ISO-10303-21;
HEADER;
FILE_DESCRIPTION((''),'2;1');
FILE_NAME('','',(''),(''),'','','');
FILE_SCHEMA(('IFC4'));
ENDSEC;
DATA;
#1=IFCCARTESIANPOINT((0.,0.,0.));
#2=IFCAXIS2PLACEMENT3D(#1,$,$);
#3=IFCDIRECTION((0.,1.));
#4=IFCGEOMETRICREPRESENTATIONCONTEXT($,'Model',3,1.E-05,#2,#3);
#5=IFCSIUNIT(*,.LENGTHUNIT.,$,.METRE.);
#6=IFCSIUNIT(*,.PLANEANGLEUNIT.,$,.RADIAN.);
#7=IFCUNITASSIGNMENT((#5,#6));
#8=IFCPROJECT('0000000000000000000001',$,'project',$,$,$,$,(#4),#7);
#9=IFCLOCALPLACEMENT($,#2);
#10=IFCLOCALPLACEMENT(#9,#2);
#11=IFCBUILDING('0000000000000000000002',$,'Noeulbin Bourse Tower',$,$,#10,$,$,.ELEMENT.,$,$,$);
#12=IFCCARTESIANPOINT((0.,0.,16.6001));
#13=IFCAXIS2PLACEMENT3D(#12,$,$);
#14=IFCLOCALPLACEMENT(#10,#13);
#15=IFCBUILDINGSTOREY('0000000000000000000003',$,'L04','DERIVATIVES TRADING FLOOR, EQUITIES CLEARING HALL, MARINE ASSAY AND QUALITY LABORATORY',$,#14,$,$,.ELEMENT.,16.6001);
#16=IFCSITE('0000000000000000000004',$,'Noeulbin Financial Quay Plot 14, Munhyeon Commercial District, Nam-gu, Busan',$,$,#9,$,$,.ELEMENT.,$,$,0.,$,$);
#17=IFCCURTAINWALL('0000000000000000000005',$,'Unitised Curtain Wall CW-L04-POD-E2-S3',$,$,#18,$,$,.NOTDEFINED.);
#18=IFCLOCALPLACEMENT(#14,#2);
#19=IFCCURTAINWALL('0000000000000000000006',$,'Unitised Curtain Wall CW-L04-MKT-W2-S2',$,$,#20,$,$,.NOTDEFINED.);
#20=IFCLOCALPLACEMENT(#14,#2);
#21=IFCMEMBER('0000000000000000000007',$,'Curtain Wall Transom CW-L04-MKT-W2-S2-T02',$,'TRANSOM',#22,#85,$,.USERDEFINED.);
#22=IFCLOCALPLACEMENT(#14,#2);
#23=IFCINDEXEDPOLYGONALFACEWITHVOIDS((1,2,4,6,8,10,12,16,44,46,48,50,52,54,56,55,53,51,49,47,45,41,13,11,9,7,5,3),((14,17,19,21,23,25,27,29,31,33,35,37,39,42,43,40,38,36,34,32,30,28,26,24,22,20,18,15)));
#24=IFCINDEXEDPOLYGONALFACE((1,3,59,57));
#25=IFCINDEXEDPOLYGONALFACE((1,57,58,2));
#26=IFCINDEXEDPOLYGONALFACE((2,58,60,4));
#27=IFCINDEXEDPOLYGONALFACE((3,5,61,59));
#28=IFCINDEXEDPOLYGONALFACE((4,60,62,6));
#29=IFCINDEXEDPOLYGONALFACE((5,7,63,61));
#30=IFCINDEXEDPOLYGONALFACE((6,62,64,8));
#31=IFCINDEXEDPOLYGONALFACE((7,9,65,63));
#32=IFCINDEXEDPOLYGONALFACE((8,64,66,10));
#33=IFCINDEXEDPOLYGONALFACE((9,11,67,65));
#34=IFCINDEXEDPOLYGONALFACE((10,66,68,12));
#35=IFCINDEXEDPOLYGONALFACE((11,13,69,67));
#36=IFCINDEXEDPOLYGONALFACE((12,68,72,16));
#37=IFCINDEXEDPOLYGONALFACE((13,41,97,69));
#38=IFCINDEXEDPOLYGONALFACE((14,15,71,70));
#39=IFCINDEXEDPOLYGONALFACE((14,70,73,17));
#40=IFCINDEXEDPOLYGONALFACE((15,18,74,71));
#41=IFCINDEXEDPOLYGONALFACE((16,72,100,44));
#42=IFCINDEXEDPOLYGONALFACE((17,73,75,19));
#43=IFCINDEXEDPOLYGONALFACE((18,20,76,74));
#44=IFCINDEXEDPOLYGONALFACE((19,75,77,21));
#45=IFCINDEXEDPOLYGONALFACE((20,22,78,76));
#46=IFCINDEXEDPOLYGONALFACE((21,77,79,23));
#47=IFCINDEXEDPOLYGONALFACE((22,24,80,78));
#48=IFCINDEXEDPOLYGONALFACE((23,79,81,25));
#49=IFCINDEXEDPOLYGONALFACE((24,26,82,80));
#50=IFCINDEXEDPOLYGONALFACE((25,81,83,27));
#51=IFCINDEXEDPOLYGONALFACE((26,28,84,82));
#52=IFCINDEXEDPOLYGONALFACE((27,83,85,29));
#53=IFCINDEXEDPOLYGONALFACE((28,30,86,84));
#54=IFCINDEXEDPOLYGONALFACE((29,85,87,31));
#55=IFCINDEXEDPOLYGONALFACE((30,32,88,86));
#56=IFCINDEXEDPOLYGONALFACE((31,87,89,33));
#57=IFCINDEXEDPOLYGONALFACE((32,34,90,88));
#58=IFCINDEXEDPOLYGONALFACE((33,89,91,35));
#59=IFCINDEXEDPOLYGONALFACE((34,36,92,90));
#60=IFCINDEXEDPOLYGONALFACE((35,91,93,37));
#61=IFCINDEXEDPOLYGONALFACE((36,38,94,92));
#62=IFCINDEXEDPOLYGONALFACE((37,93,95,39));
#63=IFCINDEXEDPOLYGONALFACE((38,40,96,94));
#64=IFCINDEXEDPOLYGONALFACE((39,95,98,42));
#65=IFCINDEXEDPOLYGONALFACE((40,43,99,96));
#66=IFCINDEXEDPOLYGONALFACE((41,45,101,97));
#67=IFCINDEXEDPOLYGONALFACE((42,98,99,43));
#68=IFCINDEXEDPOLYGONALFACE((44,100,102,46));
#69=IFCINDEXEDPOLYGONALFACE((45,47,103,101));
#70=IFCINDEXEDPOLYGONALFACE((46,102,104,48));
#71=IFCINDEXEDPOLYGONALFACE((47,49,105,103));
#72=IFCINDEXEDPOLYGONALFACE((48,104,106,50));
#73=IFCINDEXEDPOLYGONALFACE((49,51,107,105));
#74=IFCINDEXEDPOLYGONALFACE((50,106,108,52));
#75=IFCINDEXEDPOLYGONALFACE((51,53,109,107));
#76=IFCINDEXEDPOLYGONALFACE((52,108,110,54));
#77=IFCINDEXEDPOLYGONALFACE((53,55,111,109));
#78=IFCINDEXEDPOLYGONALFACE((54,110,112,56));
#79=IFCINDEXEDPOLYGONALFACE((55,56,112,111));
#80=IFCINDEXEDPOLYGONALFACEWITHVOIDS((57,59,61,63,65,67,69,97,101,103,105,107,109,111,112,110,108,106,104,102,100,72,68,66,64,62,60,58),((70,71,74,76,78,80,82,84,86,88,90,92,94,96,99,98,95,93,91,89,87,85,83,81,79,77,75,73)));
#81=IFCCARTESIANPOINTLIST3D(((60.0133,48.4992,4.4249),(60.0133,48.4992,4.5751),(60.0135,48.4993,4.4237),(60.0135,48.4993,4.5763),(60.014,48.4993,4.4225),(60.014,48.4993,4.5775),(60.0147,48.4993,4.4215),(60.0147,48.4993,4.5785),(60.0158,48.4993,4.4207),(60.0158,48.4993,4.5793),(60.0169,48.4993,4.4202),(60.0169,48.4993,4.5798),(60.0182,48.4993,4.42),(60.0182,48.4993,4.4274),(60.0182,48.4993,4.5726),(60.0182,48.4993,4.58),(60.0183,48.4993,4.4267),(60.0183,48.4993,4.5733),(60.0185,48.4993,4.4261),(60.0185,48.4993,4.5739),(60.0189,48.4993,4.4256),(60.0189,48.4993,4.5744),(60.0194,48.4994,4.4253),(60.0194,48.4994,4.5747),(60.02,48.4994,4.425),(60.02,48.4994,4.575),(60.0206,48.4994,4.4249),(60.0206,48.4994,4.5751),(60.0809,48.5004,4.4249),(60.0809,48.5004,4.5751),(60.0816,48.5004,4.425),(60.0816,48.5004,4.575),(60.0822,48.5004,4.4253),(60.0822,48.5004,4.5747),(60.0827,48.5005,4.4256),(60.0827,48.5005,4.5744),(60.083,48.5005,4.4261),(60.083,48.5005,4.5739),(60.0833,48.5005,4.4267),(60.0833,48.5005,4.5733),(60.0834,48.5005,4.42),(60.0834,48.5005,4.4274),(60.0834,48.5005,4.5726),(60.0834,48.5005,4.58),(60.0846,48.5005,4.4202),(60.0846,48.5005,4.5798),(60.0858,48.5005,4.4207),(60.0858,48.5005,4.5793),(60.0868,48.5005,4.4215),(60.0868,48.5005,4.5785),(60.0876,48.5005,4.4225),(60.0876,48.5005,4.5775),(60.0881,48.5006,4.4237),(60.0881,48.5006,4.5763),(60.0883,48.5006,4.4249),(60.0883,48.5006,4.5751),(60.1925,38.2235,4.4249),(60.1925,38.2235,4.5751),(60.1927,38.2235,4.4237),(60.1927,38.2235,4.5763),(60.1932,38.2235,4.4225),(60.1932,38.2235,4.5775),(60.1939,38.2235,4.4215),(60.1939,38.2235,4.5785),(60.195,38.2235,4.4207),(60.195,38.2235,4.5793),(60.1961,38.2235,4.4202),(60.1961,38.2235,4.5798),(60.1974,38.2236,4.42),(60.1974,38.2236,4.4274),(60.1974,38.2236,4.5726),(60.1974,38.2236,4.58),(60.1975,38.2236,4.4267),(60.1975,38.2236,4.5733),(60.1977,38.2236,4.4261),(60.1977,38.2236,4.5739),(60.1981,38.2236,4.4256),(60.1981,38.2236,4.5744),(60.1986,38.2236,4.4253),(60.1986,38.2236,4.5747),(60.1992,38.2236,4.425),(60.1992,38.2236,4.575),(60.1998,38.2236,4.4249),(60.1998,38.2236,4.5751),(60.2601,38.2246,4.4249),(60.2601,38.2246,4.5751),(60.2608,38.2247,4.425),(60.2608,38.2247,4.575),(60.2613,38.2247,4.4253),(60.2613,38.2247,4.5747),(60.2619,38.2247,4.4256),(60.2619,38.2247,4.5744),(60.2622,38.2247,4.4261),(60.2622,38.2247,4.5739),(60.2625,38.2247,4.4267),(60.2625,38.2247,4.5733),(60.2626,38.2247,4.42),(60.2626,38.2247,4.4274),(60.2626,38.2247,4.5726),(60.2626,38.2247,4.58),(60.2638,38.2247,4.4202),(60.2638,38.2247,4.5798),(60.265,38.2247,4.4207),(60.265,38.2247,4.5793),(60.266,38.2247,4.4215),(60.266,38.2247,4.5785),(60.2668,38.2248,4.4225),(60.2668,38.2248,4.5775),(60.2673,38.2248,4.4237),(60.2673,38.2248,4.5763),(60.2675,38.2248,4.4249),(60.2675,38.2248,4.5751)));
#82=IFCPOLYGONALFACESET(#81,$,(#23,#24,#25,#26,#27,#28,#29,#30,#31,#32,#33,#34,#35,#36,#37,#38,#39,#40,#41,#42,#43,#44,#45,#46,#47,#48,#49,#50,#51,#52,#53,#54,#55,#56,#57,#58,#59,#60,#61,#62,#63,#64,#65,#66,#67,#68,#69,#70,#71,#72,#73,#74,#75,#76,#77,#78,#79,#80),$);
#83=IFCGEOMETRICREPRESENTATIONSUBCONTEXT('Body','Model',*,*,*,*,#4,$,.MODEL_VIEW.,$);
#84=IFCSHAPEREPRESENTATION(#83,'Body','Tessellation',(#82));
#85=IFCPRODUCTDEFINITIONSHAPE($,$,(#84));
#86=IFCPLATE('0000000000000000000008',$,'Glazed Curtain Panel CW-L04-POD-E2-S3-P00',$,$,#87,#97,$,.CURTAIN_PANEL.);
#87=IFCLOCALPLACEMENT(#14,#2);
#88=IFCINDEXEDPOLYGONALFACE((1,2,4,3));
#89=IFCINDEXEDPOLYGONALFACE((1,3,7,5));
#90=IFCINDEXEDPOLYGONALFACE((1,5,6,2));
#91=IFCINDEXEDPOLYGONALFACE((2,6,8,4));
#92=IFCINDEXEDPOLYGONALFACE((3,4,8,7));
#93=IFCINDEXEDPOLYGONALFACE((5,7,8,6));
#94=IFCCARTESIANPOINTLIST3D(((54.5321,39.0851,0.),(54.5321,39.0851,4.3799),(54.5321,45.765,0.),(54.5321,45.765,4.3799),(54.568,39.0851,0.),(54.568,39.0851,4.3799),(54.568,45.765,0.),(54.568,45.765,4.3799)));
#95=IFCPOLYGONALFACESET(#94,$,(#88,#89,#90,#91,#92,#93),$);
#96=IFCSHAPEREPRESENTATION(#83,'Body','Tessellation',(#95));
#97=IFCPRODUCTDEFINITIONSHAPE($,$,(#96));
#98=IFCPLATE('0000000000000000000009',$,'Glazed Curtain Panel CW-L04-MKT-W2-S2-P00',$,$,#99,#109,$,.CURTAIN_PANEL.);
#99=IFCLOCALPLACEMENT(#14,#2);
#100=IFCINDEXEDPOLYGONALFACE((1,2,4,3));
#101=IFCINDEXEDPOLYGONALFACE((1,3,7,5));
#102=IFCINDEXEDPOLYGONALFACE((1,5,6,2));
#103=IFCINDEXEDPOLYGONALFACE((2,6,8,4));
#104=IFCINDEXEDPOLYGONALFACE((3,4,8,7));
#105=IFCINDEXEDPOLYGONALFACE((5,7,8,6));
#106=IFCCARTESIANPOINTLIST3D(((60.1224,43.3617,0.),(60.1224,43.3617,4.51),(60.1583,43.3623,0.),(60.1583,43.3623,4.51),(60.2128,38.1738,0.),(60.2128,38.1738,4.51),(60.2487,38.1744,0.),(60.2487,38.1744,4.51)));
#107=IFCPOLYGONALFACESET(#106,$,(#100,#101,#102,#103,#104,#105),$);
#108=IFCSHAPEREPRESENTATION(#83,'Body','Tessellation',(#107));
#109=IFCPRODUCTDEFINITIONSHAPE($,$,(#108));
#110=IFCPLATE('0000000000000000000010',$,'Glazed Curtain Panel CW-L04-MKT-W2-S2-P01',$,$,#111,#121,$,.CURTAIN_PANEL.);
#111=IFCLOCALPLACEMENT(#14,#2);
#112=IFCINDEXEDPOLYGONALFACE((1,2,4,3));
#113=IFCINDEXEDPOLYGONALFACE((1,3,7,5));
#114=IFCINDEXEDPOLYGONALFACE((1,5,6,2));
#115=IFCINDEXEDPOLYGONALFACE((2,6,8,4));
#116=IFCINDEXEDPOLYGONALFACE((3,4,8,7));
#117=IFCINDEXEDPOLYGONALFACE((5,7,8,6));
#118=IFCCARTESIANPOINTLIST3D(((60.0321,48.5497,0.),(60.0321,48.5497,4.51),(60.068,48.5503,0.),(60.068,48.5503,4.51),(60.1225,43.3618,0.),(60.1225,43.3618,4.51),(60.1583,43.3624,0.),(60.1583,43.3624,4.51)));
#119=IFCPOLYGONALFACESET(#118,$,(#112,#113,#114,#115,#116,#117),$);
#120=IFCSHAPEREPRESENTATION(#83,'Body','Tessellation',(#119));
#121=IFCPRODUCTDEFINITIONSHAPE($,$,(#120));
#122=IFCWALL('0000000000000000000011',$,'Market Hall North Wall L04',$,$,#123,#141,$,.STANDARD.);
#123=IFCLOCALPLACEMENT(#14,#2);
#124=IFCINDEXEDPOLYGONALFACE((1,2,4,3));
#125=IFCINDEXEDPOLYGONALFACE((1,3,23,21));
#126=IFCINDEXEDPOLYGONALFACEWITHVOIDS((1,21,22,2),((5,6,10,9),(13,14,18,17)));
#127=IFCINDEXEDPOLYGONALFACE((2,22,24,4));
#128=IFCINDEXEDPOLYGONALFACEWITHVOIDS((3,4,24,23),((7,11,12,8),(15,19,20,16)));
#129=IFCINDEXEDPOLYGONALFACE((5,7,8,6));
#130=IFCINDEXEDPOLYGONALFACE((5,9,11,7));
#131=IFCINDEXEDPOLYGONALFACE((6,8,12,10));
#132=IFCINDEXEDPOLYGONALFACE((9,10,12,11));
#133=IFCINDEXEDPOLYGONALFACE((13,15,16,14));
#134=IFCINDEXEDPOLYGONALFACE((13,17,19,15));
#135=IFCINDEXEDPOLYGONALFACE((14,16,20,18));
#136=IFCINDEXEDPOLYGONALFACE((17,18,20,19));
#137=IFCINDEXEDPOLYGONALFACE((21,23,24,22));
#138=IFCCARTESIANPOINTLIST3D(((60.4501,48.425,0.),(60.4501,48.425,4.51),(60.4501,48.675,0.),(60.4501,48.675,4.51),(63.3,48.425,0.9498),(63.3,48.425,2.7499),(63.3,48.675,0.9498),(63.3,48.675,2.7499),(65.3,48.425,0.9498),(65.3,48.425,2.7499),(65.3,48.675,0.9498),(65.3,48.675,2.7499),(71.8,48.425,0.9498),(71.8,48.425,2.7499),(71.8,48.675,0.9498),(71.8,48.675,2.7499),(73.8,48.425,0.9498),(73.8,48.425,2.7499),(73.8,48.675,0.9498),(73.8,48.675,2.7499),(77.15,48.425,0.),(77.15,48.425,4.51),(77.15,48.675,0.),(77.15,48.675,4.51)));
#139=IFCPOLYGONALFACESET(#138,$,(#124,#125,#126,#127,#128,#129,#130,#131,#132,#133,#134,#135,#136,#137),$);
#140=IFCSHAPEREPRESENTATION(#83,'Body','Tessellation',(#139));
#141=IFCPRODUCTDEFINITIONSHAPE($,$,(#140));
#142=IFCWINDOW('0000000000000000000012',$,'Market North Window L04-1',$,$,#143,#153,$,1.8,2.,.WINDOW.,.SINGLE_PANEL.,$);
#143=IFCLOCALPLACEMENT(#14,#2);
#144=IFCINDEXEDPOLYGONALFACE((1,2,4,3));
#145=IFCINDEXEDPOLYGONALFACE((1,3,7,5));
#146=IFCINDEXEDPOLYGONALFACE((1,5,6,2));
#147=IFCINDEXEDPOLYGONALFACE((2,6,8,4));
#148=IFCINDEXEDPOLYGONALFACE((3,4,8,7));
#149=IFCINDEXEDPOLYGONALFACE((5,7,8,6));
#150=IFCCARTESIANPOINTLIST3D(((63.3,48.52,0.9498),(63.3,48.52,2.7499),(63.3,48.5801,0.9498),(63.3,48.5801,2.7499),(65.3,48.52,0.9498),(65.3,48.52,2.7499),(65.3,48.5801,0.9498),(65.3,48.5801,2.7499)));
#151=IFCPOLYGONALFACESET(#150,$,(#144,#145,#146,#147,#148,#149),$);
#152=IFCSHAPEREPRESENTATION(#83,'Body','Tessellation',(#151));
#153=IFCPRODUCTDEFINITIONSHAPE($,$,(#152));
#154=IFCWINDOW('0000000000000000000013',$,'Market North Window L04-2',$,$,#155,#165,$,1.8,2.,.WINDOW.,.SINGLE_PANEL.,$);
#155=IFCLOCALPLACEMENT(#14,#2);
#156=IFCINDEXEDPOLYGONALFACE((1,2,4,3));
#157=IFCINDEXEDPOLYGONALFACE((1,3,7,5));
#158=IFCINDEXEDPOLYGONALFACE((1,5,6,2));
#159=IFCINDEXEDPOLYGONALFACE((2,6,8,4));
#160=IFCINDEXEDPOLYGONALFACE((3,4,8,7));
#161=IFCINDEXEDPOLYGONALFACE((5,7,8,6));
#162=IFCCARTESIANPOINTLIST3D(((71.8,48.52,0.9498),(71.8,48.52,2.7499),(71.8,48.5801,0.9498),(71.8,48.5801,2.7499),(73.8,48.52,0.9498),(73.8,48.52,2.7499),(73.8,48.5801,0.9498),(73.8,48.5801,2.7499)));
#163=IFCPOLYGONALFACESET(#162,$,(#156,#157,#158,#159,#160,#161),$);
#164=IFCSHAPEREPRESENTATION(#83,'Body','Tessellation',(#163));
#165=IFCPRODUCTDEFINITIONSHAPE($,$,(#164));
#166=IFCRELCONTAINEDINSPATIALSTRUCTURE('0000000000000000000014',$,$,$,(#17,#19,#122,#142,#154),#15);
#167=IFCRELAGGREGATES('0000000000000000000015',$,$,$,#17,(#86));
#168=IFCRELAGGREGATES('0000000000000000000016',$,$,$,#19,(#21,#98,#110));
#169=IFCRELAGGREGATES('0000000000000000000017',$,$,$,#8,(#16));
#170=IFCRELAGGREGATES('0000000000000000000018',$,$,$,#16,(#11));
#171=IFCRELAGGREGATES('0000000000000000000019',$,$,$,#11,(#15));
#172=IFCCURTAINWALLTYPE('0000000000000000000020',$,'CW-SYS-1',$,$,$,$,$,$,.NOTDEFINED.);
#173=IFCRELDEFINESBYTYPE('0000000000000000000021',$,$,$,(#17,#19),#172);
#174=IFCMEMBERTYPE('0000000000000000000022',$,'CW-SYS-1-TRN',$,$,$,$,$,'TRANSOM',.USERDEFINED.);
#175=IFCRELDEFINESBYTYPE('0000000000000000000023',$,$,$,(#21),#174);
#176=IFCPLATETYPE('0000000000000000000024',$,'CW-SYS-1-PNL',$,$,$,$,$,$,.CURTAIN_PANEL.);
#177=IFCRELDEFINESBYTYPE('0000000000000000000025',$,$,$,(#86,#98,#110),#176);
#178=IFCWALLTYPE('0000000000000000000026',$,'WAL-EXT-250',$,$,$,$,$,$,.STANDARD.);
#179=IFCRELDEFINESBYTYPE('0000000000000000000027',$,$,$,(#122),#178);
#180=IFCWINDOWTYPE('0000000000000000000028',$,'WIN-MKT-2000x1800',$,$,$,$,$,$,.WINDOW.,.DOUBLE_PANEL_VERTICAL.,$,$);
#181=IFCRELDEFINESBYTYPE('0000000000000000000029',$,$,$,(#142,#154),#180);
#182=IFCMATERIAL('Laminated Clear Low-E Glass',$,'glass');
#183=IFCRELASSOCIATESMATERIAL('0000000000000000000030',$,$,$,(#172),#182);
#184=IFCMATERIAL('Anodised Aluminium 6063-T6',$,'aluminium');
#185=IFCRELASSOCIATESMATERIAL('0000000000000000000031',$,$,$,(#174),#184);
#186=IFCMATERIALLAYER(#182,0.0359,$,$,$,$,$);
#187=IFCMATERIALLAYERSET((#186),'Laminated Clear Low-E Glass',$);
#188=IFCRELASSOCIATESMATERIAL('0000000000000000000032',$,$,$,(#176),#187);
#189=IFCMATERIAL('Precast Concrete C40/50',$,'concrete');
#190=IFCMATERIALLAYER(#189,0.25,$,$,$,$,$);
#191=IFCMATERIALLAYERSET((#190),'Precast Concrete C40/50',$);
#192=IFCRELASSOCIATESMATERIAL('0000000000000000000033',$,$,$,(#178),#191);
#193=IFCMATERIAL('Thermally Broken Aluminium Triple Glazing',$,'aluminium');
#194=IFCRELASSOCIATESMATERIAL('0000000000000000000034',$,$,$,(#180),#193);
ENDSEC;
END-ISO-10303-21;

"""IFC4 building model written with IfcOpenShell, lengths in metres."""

from ifc_helpers import new_model, si_unit, direction, frame, frame_2d, origin, origin_2d, place, context, subcontext, project, spatial, rectangle, hollow_rectangle, extrude, material, layer, layer_set, material_profile, profile_set, type_object, element, fill, aggregate, save


model = new_model("IFC4")

# Units and contexts
model_context = context("Model", 3, precision=1e-05, world=origin(), true_north=direction((0.0, 1.0)))
body_context = subcontext(model_context, "Body", "Model", "MODEL_VIEW")
ifc_project = project(units=[si_unit("LENGTHUNIT", "METRE"), si_unit("PLANEANGLEUNIT", "RADIAN")], contexts=[model_context])

# Site, building, storey
site_placement = place(None, origin())
site = spatial("IfcSite", under=ifc_project, at=site_placement, Name="Noeulbin Financial Quay Plot 14, Munhyeon Commercial District, Nam-gu, Busan", CompositionType="ELEMENT", RefElevation=0.0)
building_placement = place(site_placement, origin())
building = spatial("IfcBuilding", under=site, at=building_placement, Name="Noeulbin Bourse Tower", CompositionType="ELEMENT")
storey_placement = place(building_placement, frame((0.0, 0.0, 16.6001)))
storey = spatial("IfcBuildingStorey", under=building, at=storey_placement, Name="L04", Description="DERIVATIVES TRADING FLOOR, EQUITIES CLEARING HALL, MARINE ASSAY AND QUALITY LABORATORY", CompositionType="ELEMENT", Elevation=16.6001)

# Curtain wall
ifc_material_1 = material(Name="Laminated Clear Low-E Glass", Category="glass")
curtain_wall_type = type_object("IfcCurtainWallType", Name="CW-SYS-1", PredefinedType="NOTDEFINED", material=ifc_material_1)
curtain_wall_1_placement = place(storey_placement, origin())
curtain_wall_1 = element("IfcCurtainWall", 1, at=curtain_wall_1_placement, inside=storey, type_object=curtain_wall_type, Name="Unitised Curtain Wall CW-L04-POD-E2-S3", PredefinedType="NOTDEFINED")
ifc_material_2 = material(Name="Anodised Aluminium 6063-T6", Category="aluminium")

# Curtain wall, member
curtain_wall_2_placement = place(storey_placement, origin())
curtain_wall_2 = element("IfcCurtainWall", 2, at=curtain_wall_2_placement, inside=storey, type_object=curtain_wall_type, Name="Unitised Curtain Wall CW-L04-MKT-W2-S2", PredefinedType="NOTDEFINED")
ifc_material_profile_1 = material_profile(ifc_material_2, hollow_rectangle(XDim=0.075, YDim=0.1599, WallThickness=0.0049, InnerFilletRadius=0.0024, OuterFilletRadius=0.0049, at=origin_2d()), Name="ALU-TRAN-75x160x5", Category="LoadBearing")
ifc_profile_set_1 = profile_set([ifc_material_profile_1], Name="Anodised Aluminium 6063-T6")
member_type_1 = type_object("IfcMemberType", Name="CW-SYS-1-TRN", ElementType="TRANSOM", PredefinedType="USERDEFINED", material=ifc_profile_set_1)
member_1_placement = place(storey_placement, frame((60.23, 38.2241, 4.5), z_axis=(-0.017436, 0.999848, 0.0), x_axis=(-0.999848, -0.017436, 0.0)))
member_1 = element("IfcMember", 3, at=member_1_placement, type_object=member_type_1, Name="Curtain Wall Transom CW-L04-MKT-W2-S2-T02", ObjectType="TRANSOM", PredefinedType="USERDEFINED", context=body_context, shape_type="SweptSolid", body=[
    extrude(hollow_rectangle(XDim=0.075, YDim=0.1599, WallThickness=0.0049, InnerFilletRadius=0.0024, OuterFilletRadius=0.0049, at=origin_2d()), origin(), (0.0, 0.0, 1.0), 10.2773),
])

# Plates
ifc_layer_1 = layer(ifc_material_1, 0.0359)
ifc_layer_set_1 = layer_set([ifc_layer_1], Name="Laminated Clear Low-E Glass")
plate_type = type_object("IfcPlateType", Name="CW-SYS-1-PNL", PredefinedType="CURTAIN_PANEL", material=ifc_layer_set_1)
plate_1_placement = place(storey_placement, frame((54.55, 42.425, 0.0), z_axis=(0.0, 0.0, 1.0), x_axis=(0.0, 1.0, 0.0)))
plate_1 = element("IfcPlate", 4, at=plate_1_placement, type_object=plate_type, Name="Glazed Curtain Panel CW-L04-POD-E2-S3-P00", PredefinedType="CURTAIN_PANEL", context=body_context, shape_type="SweptSolid", body=[
    extrude(rectangle(XDim=6.6799, YDim=0.0359, at=origin_2d()), origin(), (0.0, 0.0, 1.0), 4.3799),
])
aggregate(curtain_wall_1, [plate_1])
plate_2_placement = place(storey_placement, frame((60.1855, 40.7681, 0.0), z_axis=(0.0, 0.0, 1.0), x_axis=(-0.017418, 0.999848, 0.0)))
plate_2 = element("IfcPlate", 5, at=plate_2_placement, type_object=plate_type, Name="Glazed Curtain Panel CW-L04-MKT-W2-S2-P00", PredefinedType="CURTAIN_PANEL", context=body_context, shape_type="SweptSolid", body=[
    extrude(rectangle(XDim=5.1887, YDim=0.0359, at=origin_2d()), origin(), (0.0, 0.0, 1.0), 4.51),
])
plate_3_placement = place(storey_placement, frame((60.0952, 45.9561, 0.0), z_axis=(0.0, 0.0, 1.0), x_axis=(-0.017418, 0.999848, 0.0)))
plate_3 = element("IfcPlate", 6, at=plate_3_placement, type_object=plate_type, Name="Glazed Curtain Panel CW-L04-MKT-W2-S2-P01", PredefinedType="CURTAIN_PANEL", context=body_context, shape_type="SweptSolid", body=[
    extrude(rectangle(XDim=5.1887, YDim=0.0359, at=origin_2d()), origin(), (0.0, 0.0, 1.0), 4.51),
])
aggregate(curtain_wall_2, [member_1, plate_2, plate_3])

# Wall, openings, windows
ifc_material_3 = material(Name="Precast Concrete C40/50", Category="concrete")
ifc_layer_2 = layer(ifc_material_3, 0.25)
ifc_layer_set_2 = layer_set([ifc_layer_2], Name="Precast Concrete C40/50")
wall_type = type_object("IfcWallType", Name="WAL-EXT-250", PredefinedType="STANDARD", material=ifc_layer_set_2)
wall_placement = place(storey_placement, frame((60.45, 48.55, 0.0), z_axis=(0.0, 0.0, 1.0), x_axis=(1.0, 0.0, 0.0)))
wall = element("IfcWall", 7, at=wall_placement, inside=storey, type_object=wall_type, Name="Market Hall North Wall L04", PredefinedType="STANDARD", context=body_context, shape_type="SweptSolid", body=[
    extrude(rectangle(XDim=16.7, YDim=0.25, at=frame_2d((8.3501, 0.0))), origin(), (0.0, 0.0, 1.0), 4.51),
])
opening_1_placement = place(wall_placement, frame((2.8501, 0.0, 0.95)))
opening_1 = element("IfcOpeningElement", 8, at=opening_1_placement, cuts=wall, PredefinedType="OPENING", context=body_context, shape_type="SweptSolid", body=[
    extrude(rectangle(XDim=2.0, YDim=1.8, at=frame_2d((1.0, 0.8999))), frame((0.0, 0.135, 0.0), z_axis=(0.0, -1.0, 0.0), x_axis=(1.0, 0.0, 0.0)), (0.0, 0.0, 1.0), 0.27),
])
opening_2_placement = place(wall_placement, frame((11.3501, 0.0, 0.95)))
opening_2 = element("IfcOpeningElement", 9, at=opening_2_placement, cuts=wall, PredefinedType="OPENING", context=body_context, shape_type="SweptSolid", body=[
    extrude(rectangle(XDim=2.0, YDim=1.8, at=frame_2d((1.0, 0.8999))), frame((0.0, 0.135, 0.0), z_axis=(0.0, -1.0, 0.0), x_axis=(1.0, 0.0, 0.0)), (0.0, 0.0, 1.0), 0.27),
])
ifc_material_4 = material(Name="Thermally Broken Aluminium Triple Glazing", Category="aluminium")
window_type = type_object("IfcWindowType", Name="WIN-MKT-2000x1800", PartitioningType="DOUBLE_PANEL_VERTICAL", PredefinedType="WINDOW", material=ifc_material_4)
window_1_placement = place(opening_1_placement, origin())
window_1 = element("IfcWindow", 10, at=window_1_placement, inside=storey, type_object=window_type, Name="Market North Window L04-1", OverallHeight=1.8, OverallWidth=2.0, PartitioningType="SINGLE_PANEL", PredefinedType="WINDOW", context=body_context, shape_type="SweptSolid", body=[
    extrude(rectangle(XDim=2.0, YDim=1.8, at=frame_2d((1.0, 0.8999))), frame((0.0, 0.03, 0.0), z_axis=(0.0, -1.0, 0.0), x_axis=(1.0, 0.0, 0.0)), (0.0, 0.0, 1.0), 0.0601),
])
fill(opening_1, window_1)
window_2_placement = place(opening_2_placement, origin())
window_2 = element("IfcWindow", 11, at=window_2_placement, inside=storey, type_object=window_type, Name="Market North Window L04-2", OverallHeight=1.8, OverallWidth=2.0, PartitioningType="SINGLE_PANEL", PredefinedType="WINDOW", context=body_context, shape_type="SweptSolid", body=[
    extrude(rectangle(XDim=2.0, YDim=1.8, at=frame_2d((1.0, 0.8999))), frame((0.0, 0.03, 0.0), z_axis=(0.0, -1.0, 0.0), x_axis=(1.0, 0.0, 0.0)), (0.0, 0.0, 1.0), 0.0601),
])
fill(opening_2, window_2)

save(model, "model.ifc")
